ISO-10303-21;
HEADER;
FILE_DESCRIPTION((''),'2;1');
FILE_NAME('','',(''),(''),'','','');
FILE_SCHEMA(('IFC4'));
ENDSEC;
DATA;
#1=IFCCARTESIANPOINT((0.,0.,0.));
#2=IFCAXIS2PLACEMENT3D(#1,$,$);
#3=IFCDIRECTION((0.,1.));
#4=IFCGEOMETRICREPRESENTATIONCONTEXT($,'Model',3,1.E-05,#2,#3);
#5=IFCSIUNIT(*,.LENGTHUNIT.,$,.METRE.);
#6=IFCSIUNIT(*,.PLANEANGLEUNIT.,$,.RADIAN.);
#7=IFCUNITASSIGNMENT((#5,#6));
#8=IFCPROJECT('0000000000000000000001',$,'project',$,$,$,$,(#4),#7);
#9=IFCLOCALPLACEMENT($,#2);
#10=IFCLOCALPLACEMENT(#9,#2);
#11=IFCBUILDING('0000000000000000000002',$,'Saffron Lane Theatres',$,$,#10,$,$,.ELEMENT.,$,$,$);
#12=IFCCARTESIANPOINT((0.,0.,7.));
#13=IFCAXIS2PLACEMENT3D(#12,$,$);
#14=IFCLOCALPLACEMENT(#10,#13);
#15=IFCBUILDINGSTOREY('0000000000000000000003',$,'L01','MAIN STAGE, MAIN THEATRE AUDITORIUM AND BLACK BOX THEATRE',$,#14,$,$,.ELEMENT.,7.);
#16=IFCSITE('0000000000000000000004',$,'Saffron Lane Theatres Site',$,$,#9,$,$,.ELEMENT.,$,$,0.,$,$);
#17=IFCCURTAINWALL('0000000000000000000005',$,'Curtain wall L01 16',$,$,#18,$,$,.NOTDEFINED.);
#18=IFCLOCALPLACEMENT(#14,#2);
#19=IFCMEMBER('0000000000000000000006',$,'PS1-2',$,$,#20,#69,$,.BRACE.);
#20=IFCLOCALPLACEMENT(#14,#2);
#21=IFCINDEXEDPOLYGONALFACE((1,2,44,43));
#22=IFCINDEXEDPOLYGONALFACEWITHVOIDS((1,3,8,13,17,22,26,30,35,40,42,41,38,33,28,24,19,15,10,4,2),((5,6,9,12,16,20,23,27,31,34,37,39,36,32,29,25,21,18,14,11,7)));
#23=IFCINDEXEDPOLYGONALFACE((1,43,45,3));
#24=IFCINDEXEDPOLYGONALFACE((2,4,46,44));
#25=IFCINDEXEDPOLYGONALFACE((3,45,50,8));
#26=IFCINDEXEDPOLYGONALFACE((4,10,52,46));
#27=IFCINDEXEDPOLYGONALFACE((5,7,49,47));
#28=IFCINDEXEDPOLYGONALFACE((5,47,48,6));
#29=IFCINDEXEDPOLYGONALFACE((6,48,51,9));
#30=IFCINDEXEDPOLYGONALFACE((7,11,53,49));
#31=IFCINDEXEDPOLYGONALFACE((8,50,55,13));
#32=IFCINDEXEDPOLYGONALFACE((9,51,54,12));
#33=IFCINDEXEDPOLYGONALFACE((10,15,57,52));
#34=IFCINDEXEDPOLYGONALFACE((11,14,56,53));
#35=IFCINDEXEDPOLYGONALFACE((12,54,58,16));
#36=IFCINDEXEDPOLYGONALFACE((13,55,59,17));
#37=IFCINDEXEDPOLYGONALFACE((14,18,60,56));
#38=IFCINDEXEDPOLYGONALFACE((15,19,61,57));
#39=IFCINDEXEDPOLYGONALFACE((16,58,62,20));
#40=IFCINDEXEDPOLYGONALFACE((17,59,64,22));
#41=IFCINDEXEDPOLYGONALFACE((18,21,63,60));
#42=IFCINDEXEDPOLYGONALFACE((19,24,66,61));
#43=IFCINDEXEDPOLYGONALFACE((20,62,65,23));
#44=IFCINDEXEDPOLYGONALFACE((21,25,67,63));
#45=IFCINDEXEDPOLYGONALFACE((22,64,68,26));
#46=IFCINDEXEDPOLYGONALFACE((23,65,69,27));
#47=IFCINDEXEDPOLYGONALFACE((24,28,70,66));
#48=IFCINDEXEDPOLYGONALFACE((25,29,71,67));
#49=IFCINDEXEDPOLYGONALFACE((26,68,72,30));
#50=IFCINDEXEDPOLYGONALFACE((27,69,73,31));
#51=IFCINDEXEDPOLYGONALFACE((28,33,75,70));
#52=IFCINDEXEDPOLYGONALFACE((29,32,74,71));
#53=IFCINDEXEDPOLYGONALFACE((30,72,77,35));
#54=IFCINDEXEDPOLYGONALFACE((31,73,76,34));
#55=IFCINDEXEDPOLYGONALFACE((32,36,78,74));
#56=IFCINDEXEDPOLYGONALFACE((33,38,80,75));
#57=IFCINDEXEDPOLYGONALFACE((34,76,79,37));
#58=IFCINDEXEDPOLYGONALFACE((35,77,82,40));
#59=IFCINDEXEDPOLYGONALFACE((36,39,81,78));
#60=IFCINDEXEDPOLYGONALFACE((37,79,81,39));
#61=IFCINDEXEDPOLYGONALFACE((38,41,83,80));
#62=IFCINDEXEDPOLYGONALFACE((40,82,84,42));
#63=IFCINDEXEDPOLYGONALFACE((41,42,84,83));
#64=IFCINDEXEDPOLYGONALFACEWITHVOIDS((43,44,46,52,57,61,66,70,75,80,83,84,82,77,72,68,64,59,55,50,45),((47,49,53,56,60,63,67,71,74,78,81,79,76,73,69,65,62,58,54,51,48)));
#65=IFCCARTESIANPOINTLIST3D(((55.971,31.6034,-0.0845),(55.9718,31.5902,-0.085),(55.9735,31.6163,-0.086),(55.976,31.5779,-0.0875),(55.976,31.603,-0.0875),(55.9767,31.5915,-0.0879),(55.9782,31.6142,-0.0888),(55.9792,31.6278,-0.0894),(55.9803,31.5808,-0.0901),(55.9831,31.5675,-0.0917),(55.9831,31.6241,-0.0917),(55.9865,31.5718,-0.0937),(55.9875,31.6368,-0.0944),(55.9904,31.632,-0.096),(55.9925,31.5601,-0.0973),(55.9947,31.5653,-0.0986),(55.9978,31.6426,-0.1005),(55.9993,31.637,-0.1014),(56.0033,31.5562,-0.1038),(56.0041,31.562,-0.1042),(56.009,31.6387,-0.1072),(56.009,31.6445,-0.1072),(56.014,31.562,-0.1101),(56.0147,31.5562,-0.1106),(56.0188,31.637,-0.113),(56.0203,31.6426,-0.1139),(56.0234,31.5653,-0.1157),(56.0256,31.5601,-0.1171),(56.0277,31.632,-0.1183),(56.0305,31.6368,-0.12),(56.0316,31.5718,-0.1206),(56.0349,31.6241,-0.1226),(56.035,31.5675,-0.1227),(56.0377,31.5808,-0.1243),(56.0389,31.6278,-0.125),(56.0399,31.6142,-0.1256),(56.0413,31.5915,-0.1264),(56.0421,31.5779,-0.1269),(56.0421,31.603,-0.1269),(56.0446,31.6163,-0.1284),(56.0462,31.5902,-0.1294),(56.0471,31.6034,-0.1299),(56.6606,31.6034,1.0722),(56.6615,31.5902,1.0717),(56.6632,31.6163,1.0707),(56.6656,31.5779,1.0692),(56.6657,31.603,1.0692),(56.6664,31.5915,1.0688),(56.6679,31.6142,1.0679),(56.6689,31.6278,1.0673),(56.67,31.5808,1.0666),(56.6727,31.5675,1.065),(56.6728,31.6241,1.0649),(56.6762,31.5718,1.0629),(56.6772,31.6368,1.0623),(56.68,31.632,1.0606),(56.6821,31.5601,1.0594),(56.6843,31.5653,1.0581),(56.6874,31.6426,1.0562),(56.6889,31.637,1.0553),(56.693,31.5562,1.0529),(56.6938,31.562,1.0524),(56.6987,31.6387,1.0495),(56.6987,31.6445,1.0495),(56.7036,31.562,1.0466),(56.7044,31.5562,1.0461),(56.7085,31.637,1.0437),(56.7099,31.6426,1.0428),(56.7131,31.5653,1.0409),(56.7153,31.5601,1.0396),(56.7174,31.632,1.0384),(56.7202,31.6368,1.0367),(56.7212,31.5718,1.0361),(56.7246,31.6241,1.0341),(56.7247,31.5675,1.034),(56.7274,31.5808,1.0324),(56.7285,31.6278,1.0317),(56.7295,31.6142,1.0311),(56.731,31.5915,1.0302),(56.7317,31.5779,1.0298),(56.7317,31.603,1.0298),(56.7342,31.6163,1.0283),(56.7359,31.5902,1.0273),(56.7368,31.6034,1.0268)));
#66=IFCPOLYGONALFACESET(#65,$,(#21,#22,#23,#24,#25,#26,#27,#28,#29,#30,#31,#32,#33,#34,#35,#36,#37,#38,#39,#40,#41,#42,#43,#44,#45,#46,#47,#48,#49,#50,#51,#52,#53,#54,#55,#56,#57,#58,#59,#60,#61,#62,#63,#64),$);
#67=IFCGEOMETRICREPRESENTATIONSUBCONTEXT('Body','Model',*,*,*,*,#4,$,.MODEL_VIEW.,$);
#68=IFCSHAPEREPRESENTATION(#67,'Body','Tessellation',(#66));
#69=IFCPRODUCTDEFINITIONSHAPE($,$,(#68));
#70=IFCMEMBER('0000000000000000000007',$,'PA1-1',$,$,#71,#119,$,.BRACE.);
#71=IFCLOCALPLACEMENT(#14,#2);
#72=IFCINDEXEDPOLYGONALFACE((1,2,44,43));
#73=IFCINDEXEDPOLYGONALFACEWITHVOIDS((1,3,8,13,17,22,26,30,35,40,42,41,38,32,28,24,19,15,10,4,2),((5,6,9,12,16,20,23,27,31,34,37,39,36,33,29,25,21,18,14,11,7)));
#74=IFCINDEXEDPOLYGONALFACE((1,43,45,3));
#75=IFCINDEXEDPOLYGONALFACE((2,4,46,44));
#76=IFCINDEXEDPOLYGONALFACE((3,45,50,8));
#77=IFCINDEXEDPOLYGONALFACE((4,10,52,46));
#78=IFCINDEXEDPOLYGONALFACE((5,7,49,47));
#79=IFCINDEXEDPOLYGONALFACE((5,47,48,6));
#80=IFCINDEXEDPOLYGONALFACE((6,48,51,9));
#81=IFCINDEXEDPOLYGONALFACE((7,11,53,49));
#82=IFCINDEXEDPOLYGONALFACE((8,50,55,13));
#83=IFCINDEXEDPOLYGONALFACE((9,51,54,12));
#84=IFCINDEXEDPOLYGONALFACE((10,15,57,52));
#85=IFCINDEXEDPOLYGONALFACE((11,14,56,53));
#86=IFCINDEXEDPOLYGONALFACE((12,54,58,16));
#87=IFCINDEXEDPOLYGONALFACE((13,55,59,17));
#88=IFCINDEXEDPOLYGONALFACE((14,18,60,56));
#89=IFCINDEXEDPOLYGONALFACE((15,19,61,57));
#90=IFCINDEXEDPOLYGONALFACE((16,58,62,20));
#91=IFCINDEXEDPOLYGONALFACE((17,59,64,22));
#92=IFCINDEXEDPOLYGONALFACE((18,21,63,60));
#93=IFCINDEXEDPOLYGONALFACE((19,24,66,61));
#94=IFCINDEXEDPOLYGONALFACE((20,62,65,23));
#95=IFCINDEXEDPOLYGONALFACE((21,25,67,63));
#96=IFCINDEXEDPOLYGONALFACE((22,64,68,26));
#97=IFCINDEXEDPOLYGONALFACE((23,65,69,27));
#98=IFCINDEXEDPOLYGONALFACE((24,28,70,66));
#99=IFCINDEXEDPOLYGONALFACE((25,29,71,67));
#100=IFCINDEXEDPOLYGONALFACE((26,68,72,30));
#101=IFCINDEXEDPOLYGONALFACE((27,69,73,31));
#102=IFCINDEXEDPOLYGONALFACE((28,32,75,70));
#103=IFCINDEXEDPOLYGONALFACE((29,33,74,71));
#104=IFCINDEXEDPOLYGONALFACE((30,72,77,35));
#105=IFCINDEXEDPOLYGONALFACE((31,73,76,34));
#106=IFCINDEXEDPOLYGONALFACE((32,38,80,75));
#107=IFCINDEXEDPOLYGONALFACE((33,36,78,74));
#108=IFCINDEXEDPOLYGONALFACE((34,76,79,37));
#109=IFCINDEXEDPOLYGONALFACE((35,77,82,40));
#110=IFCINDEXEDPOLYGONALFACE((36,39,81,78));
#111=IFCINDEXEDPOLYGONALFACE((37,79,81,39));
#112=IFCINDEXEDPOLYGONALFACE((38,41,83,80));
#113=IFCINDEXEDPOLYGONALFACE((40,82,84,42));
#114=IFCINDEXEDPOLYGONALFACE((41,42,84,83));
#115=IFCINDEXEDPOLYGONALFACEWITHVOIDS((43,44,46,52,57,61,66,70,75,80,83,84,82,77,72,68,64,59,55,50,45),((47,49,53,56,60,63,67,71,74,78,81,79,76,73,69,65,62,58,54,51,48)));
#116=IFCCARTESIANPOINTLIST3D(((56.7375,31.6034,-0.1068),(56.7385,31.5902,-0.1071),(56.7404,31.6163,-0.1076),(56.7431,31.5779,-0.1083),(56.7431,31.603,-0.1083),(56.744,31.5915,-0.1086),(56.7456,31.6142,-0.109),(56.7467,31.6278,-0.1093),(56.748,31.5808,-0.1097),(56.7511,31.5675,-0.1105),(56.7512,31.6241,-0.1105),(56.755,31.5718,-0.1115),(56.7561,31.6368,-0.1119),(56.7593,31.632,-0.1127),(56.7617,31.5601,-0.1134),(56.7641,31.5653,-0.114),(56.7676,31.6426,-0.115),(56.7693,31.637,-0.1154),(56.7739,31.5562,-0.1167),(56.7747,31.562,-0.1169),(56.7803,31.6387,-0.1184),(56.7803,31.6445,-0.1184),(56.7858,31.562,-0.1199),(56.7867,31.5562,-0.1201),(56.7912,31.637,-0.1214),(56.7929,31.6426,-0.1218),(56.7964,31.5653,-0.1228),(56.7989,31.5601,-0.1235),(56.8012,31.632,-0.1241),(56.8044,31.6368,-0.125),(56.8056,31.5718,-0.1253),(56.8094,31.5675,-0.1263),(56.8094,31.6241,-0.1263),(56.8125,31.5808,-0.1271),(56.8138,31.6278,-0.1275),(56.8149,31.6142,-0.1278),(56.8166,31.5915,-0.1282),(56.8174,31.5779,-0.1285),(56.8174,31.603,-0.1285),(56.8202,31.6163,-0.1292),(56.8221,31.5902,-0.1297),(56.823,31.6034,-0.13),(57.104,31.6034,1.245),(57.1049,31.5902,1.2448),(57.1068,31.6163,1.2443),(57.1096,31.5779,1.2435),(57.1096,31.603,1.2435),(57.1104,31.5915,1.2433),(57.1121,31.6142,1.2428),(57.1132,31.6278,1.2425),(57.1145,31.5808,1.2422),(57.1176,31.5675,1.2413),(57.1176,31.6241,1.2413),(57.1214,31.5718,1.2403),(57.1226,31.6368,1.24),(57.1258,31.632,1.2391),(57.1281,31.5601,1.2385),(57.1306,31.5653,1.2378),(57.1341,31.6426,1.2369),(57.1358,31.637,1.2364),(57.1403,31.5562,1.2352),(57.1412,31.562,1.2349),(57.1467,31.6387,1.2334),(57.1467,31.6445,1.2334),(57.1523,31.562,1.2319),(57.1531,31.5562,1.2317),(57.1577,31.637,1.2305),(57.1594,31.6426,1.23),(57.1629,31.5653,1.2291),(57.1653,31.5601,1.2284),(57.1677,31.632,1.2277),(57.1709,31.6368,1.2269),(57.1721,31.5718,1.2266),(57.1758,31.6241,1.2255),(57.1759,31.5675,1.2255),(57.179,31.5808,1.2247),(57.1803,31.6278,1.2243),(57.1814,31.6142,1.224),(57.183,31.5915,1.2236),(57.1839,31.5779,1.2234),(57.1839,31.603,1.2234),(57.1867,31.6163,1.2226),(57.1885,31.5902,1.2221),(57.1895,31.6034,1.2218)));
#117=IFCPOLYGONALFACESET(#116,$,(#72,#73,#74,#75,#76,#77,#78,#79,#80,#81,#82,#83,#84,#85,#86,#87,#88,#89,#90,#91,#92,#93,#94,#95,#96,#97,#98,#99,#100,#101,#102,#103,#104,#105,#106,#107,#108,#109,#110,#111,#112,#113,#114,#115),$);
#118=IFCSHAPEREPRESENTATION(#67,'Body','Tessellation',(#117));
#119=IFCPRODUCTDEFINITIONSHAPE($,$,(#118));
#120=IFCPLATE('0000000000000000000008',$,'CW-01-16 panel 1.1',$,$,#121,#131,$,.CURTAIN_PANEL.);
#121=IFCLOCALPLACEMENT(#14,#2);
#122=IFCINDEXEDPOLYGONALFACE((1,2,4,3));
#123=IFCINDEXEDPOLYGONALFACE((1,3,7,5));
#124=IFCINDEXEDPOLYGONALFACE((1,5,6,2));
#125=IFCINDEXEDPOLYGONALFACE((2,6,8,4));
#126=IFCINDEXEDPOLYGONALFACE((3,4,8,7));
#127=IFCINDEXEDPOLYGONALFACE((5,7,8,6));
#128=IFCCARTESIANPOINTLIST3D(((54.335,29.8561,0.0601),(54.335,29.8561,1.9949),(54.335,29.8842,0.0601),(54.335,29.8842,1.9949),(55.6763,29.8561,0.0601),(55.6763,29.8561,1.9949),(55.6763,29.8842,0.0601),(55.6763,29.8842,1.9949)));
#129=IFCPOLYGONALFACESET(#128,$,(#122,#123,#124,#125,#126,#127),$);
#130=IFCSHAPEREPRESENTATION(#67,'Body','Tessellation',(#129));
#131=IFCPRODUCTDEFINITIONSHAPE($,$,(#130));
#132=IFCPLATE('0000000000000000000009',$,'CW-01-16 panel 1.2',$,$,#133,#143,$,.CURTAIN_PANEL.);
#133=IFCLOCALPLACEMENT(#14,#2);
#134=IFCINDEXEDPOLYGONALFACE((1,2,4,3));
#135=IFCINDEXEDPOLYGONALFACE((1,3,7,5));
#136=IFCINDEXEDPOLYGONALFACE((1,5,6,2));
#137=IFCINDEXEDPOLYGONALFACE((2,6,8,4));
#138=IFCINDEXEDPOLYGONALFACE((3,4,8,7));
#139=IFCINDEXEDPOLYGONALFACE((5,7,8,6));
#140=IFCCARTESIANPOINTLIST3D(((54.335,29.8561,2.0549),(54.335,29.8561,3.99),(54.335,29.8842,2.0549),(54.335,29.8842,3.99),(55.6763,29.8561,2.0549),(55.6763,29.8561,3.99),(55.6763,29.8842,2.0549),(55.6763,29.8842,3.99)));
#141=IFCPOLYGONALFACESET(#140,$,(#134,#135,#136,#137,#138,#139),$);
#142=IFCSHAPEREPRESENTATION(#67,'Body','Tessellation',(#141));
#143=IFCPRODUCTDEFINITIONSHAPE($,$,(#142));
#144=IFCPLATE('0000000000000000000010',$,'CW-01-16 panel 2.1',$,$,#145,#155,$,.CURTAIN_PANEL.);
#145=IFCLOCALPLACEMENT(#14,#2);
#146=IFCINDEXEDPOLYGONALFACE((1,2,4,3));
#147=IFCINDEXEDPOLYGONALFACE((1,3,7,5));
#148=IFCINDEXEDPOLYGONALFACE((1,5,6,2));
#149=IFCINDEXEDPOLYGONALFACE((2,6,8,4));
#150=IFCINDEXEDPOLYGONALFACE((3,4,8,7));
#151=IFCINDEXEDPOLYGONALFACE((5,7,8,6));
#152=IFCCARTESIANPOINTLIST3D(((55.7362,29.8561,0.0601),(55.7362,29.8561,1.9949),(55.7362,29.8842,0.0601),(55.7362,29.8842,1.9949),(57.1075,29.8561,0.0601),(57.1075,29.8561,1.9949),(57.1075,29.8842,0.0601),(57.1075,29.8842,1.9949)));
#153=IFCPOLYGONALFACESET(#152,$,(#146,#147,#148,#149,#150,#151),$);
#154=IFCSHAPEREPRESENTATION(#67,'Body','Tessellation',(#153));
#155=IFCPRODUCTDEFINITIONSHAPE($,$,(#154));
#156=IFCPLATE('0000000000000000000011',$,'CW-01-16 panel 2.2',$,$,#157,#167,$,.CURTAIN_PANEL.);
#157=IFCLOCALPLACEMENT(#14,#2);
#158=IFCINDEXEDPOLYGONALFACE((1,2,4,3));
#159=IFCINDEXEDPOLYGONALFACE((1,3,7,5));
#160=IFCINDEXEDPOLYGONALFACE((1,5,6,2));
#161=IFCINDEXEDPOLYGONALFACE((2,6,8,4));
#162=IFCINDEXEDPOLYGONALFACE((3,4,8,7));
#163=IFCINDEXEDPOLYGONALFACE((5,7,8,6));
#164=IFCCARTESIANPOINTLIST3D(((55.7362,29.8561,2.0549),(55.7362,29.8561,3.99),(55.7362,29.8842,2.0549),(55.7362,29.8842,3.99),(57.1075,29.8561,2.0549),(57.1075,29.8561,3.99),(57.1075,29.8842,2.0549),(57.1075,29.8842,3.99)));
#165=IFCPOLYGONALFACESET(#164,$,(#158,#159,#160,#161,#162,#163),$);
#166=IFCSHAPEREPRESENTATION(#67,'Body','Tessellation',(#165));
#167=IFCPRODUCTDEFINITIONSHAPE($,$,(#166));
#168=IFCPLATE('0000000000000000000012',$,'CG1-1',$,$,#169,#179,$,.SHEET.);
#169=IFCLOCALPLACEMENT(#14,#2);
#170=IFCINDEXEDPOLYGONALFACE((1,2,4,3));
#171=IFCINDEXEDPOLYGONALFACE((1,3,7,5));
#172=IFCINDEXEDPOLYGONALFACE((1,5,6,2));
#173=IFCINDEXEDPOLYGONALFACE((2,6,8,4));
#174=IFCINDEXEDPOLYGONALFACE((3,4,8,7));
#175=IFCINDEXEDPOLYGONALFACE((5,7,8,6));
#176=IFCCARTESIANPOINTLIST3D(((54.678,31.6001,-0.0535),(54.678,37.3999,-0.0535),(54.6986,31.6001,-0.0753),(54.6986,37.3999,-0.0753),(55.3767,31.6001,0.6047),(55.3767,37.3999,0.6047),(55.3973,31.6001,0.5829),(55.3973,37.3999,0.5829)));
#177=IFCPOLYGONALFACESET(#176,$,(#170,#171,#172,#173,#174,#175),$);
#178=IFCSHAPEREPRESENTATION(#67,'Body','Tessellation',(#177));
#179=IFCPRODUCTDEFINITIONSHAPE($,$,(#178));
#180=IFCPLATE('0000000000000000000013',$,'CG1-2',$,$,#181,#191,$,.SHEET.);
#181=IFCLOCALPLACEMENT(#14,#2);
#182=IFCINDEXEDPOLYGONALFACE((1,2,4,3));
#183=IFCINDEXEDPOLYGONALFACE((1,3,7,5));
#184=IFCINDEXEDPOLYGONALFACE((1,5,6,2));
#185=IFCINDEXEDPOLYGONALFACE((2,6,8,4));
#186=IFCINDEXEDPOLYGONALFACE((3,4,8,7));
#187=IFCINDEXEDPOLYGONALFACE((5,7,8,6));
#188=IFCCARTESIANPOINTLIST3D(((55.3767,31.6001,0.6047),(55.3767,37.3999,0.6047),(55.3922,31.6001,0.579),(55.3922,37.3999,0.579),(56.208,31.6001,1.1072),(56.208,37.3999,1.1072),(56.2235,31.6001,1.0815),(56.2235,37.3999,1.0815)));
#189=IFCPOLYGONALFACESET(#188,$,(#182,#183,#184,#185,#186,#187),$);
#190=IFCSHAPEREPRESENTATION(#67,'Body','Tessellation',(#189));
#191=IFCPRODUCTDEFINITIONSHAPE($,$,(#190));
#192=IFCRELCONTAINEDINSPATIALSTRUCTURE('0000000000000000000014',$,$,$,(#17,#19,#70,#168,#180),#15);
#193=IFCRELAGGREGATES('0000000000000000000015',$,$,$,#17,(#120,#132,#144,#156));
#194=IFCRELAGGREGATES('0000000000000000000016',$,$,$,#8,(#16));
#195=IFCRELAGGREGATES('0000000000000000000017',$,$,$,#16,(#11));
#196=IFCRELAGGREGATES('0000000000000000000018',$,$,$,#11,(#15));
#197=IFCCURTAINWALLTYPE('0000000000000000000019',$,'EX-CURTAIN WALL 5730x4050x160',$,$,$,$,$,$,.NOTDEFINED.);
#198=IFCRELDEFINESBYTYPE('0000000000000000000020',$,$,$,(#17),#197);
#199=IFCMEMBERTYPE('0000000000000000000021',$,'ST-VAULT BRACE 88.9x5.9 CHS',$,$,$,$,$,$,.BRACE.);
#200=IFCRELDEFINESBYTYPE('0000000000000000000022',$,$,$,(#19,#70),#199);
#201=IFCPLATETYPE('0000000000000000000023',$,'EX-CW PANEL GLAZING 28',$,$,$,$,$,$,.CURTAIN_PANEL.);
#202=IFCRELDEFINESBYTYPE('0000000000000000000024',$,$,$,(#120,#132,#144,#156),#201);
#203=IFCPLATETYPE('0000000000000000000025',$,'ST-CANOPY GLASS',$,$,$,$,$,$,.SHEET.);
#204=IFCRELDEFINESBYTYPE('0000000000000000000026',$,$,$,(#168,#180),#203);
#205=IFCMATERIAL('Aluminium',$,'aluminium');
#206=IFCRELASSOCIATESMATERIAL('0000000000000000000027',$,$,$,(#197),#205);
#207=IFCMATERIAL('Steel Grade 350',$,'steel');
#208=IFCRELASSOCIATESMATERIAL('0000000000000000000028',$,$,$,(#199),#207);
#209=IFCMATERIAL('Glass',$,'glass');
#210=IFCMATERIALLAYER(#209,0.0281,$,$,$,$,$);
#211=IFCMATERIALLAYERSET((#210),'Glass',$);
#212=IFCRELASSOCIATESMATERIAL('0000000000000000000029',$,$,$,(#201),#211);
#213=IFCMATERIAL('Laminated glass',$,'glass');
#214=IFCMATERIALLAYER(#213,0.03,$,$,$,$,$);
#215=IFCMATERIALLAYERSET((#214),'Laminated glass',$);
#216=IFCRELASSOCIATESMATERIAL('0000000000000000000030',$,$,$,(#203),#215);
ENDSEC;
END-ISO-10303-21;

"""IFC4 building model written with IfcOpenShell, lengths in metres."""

from ifc_helpers import new_model, si_unit, direction, frame, origin, origin_2d, place, context, subcontext, project, spatial, polyline, rectangle, hollow_circle, outline, extrude, material, layer, layer_set, material_profile, profile_set, type_object, element, aggregate, save


model = new_model("IFC4")

# Units and contexts
model_context = context("Model", 3, precision=1e-05, world=origin(), true_north=direction((0.0, 1.0)))
body_context = subcontext(model_context, "Body", "Model", "MODEL_VIEW")
ifc_project = project(units=[si_unit("LENGTHUNIT", "METRE"), si_unit("PLANEANGLEUNIT", "RADIAN")], contexts=[model_context])

# Site, building, storey
site_placement = place(None, origin())
site = spatial("IfcSite", under=ifc_project, at=site_placement, Name="Saffron Lane Theatres Site", CompositionType="ELEMENT", RefElevation=0.0)
building_placement = place(site_placement, origin())
building = spatial("IfcBuilding", under=site, at=building_placement, Name="Saffron Lane Theatres", CompositionType="ELEMENT")
storey_placement = place(building_placement, frame((0.0, 0.0, 7.0)))
storey = spatial("IfcBuildingStorey", under=building, at=storey_placement, Name="L01", Description="MAIN STAGE, MAIN THEATRE AUDITORIUM AND BLACK BOX THEATRE", CompositionType="ELEMENT", Elevation=7.0)

# Curtain wall
ifc_material_1 = material(Name="Aluminium", Category="aluminium")
curtain_wall_type = type_object("IfcCurtainWallType", Name="EX-CURTAIN WALL 5730x4050x160", PredefinedType="NOTDEFINED", material=ifc_material_1)
curtain_wall_placement = place(storey_placement, origin())
curtain_wall = element("IfcCurtainWall", 1, at=curtain_wall_placement, inside=storey, type_object=curtain_wall_type, Name="Curtain wall L01 16", PredefinedType="NOTDEFINED")

# Members
ifc_material_2 = material(Name="Steel Grade 350", Category="steel")
ifc_material_profile_1 = material_profile(ifc_material_2, hollow_circle(Radius=0.0444, WallThickness=0.0059, at=origin_2d()))
ifc_profile_set_1 = profile_set([ifc_material_profile_1], Name="Steel Grade 350")
member_type_1 = type_object("IfcMemberType", Name="ST-VAULT BRACE 88.9x5.9 CHS", PredefinedType="BRACE", material=ifc_profile_set_1)
member_1_placement = place(storey_placement, frame((56.009, 31.6001, -0.1072), z_axis=(0.512121, 0.0, 0.858913), x_axis=(0.0, 1.0, 0.0)))
element("IfcMember", 2, at=member_1_placement, inside=storey, type_object=member_type_1, Name="PS1-2", PredefinedType="BRACE", context=body_context, shape_type="SweptSolid", body=[
    extrude(hollow_circle(Radius=0.0444, WallThickness=0.0059, at=origin_2d()), origin(), (0.0, 0.0, 1.0), 1.3467),
])
member_2_placement = place(storey_placement, frame((56.7803, 31.6001, -0.1184), z_axis=(0.261642, 0.0, 0.965165), x_axis=(0.0, 1.0, 0.0)))
element("IfcMember", 3, at=member_2_placement, inside=storey, type_object=member_type_1, Name="PA1-1", PredefinedType="BRACE", context=body_context, shape_type="SweptSolid", body=[
    extrude(hollow_circle(Radius=0.0444, WallThickness=0.0059, at=origin_2d()), origin(), (0.0, 0.0, 1.0), 1.4006),
])

# Plates
ifc_material_3 = material(Name="Glass", Category="glass")
ifc_layer_1 = layer(ifc_material_3, 0.0281)
ifc_layer_set_1 = layer_set([ifc_layer_1], Name="Glass")
plate_type_1 = type_object("IfcPlateType", Name="EX-CW PANEL GLAZING 28", PredefinedType="CURTAIN_PANEL", material=ifc_layer_set_1)
plate_1_placement = place(storey_placement, frame((55.0056, 29.8701, 0.0601), z_axis=(0.0, 0.0, 1.0), x_axis=(1.0, 0.0, 0.0)))
plate_1 = element("IfcPlate", 4, at=plate_1_placement, type_object=plate_type_1, Name="CW-01-16 panel 1.1", PredefinedType="CURTAIN_PANEL", context=body_context, shape_type="SweptSolid", body=[
    extrude(rectangle(XDim=1.3413, YDim=0.0281, at=origin_2d()), origin(), (0.0, 0.0, 1.0), 1.9348),
])
plate_2_placement = place(storey_placement, frame((55.0056, 29.8701, 2.0549), z_axis=(0.0, 0.0, 1.0), x_axis=(1.0, 0.0, 0.0)))
plate_2 = element("IfcPlate", 5, at=plate_2_placement, type_object=plate_type_1, Name="CW-01-16 panel 1.2", PredefinedType="CURTAIN_PANEL", context=body_context, shape_type="SweptSolid", body=[
    extrude(rectangle(XDim=1.3413, YDim=0.0281, at=origin_2d()), origin(), (0.0, 0.0, 1.0), 1.9351),
])
plate_3_placement = place(storey_placement, frame((56.4219, 29.8701, 0.0601), z_axis=(0.0, 0.0, 1.0), x_axis=(1.0, 0.0, 0.0)))
plate_3 = element("IfcPlate", 6, at=plate_3_placement, type_object=plate_type_1, Name="CW-01-16 panel 2.1", PredefinedType="CURTAIN_PANEL", context=body_context, shape_type="SweptSolid", body=[
    extrude(rectangle(XDim=1.3713, YDim=0.0281, at=origin_2d()), origin(), (0.0, 0.0, 1.0), 1.9348),
])
plate_4_placement = place(storey_placement, frame((56.4219, 29.8701, 2.0549), z_axis=(0.0, 0.0, 1.0), x_axis=(1.0, 0.0, 0.0)))
plate_4 = element("IfcPlate", 7, at=plate_4_placement, type_object=plate_type_1, Name="CW-01-16 panel 2.2", PredefinedType="CURTAIN_PANEL", context=body_context, shape_type="SweptSolid", body=[
    extrude(rectangle(XDim=1.3713, YDim=0.0281, at=origin_2d()), origin(), (0.0, 0.0, 1.0), 1.9351),
])
aggregate(curtain_wall, [plate_1, plate_2, plate_3, plate_4])

# Plates
ifc_material_4 = material(Name="Laminated glass", Category="glass")
ifc_layer_2 = layer(ifc_material_4, 0.03)
ifc_layer_set_2 = layer_set([ifc_layer_2], Name="Laminated glass")
plate_type_2 = type_object("IfcPlateType", Name="ST-CANOPY GLASS", PredefinedType="SHEET", material=ifc_layer_set_2)
plate_5_placement = place(storey_placement, frame((54.678, 31.6001, -0.0535), z_axis=(-0.685682, 0.0, 0.727901), x_axis=(0.727901, 0.0, 0.685682)))
element("IfcPlate", 8, at=plate_5_placement, inside=storey, type_object=plate_type_2, Name="CG1-1", PredefinedType="SHEET", context=body_context, shape_type="SweptSolid", body=[
    extrude(outline(polyline([(0.0, 0.0), (0.9599, 0.0), (0.9599, 5.7998), (0.0, 5.7998), (0.0, 0.0)])), origin(), (0.0, 0.0, -1.0), 0.03),
])
plate_6_placement = place(storey_placement, frame((55.3767, 31.6001, 0.6047), z_axis=(-0.517265, 0.0, 0.855825), x_axis=(0.855825, 0.0, 0.517265)))
element("IfcPlate", 9, at=plate_6_placement, inside=storey, type_object=plate_type_2, Name="CG1-2", PredefinedType="SHEET", context=body_context, shape_type="SweptSolid", body=[
    extrude(outline(polyline([(0.0, 0.0), (0.9713, 0.0), (0.9713, 5.7998), (0.0, 5.7998), (0.0, 0.0)])), origin(), (0.0, 0.0, -1.0), 0.03),
])

save(model, "model.ifc")
